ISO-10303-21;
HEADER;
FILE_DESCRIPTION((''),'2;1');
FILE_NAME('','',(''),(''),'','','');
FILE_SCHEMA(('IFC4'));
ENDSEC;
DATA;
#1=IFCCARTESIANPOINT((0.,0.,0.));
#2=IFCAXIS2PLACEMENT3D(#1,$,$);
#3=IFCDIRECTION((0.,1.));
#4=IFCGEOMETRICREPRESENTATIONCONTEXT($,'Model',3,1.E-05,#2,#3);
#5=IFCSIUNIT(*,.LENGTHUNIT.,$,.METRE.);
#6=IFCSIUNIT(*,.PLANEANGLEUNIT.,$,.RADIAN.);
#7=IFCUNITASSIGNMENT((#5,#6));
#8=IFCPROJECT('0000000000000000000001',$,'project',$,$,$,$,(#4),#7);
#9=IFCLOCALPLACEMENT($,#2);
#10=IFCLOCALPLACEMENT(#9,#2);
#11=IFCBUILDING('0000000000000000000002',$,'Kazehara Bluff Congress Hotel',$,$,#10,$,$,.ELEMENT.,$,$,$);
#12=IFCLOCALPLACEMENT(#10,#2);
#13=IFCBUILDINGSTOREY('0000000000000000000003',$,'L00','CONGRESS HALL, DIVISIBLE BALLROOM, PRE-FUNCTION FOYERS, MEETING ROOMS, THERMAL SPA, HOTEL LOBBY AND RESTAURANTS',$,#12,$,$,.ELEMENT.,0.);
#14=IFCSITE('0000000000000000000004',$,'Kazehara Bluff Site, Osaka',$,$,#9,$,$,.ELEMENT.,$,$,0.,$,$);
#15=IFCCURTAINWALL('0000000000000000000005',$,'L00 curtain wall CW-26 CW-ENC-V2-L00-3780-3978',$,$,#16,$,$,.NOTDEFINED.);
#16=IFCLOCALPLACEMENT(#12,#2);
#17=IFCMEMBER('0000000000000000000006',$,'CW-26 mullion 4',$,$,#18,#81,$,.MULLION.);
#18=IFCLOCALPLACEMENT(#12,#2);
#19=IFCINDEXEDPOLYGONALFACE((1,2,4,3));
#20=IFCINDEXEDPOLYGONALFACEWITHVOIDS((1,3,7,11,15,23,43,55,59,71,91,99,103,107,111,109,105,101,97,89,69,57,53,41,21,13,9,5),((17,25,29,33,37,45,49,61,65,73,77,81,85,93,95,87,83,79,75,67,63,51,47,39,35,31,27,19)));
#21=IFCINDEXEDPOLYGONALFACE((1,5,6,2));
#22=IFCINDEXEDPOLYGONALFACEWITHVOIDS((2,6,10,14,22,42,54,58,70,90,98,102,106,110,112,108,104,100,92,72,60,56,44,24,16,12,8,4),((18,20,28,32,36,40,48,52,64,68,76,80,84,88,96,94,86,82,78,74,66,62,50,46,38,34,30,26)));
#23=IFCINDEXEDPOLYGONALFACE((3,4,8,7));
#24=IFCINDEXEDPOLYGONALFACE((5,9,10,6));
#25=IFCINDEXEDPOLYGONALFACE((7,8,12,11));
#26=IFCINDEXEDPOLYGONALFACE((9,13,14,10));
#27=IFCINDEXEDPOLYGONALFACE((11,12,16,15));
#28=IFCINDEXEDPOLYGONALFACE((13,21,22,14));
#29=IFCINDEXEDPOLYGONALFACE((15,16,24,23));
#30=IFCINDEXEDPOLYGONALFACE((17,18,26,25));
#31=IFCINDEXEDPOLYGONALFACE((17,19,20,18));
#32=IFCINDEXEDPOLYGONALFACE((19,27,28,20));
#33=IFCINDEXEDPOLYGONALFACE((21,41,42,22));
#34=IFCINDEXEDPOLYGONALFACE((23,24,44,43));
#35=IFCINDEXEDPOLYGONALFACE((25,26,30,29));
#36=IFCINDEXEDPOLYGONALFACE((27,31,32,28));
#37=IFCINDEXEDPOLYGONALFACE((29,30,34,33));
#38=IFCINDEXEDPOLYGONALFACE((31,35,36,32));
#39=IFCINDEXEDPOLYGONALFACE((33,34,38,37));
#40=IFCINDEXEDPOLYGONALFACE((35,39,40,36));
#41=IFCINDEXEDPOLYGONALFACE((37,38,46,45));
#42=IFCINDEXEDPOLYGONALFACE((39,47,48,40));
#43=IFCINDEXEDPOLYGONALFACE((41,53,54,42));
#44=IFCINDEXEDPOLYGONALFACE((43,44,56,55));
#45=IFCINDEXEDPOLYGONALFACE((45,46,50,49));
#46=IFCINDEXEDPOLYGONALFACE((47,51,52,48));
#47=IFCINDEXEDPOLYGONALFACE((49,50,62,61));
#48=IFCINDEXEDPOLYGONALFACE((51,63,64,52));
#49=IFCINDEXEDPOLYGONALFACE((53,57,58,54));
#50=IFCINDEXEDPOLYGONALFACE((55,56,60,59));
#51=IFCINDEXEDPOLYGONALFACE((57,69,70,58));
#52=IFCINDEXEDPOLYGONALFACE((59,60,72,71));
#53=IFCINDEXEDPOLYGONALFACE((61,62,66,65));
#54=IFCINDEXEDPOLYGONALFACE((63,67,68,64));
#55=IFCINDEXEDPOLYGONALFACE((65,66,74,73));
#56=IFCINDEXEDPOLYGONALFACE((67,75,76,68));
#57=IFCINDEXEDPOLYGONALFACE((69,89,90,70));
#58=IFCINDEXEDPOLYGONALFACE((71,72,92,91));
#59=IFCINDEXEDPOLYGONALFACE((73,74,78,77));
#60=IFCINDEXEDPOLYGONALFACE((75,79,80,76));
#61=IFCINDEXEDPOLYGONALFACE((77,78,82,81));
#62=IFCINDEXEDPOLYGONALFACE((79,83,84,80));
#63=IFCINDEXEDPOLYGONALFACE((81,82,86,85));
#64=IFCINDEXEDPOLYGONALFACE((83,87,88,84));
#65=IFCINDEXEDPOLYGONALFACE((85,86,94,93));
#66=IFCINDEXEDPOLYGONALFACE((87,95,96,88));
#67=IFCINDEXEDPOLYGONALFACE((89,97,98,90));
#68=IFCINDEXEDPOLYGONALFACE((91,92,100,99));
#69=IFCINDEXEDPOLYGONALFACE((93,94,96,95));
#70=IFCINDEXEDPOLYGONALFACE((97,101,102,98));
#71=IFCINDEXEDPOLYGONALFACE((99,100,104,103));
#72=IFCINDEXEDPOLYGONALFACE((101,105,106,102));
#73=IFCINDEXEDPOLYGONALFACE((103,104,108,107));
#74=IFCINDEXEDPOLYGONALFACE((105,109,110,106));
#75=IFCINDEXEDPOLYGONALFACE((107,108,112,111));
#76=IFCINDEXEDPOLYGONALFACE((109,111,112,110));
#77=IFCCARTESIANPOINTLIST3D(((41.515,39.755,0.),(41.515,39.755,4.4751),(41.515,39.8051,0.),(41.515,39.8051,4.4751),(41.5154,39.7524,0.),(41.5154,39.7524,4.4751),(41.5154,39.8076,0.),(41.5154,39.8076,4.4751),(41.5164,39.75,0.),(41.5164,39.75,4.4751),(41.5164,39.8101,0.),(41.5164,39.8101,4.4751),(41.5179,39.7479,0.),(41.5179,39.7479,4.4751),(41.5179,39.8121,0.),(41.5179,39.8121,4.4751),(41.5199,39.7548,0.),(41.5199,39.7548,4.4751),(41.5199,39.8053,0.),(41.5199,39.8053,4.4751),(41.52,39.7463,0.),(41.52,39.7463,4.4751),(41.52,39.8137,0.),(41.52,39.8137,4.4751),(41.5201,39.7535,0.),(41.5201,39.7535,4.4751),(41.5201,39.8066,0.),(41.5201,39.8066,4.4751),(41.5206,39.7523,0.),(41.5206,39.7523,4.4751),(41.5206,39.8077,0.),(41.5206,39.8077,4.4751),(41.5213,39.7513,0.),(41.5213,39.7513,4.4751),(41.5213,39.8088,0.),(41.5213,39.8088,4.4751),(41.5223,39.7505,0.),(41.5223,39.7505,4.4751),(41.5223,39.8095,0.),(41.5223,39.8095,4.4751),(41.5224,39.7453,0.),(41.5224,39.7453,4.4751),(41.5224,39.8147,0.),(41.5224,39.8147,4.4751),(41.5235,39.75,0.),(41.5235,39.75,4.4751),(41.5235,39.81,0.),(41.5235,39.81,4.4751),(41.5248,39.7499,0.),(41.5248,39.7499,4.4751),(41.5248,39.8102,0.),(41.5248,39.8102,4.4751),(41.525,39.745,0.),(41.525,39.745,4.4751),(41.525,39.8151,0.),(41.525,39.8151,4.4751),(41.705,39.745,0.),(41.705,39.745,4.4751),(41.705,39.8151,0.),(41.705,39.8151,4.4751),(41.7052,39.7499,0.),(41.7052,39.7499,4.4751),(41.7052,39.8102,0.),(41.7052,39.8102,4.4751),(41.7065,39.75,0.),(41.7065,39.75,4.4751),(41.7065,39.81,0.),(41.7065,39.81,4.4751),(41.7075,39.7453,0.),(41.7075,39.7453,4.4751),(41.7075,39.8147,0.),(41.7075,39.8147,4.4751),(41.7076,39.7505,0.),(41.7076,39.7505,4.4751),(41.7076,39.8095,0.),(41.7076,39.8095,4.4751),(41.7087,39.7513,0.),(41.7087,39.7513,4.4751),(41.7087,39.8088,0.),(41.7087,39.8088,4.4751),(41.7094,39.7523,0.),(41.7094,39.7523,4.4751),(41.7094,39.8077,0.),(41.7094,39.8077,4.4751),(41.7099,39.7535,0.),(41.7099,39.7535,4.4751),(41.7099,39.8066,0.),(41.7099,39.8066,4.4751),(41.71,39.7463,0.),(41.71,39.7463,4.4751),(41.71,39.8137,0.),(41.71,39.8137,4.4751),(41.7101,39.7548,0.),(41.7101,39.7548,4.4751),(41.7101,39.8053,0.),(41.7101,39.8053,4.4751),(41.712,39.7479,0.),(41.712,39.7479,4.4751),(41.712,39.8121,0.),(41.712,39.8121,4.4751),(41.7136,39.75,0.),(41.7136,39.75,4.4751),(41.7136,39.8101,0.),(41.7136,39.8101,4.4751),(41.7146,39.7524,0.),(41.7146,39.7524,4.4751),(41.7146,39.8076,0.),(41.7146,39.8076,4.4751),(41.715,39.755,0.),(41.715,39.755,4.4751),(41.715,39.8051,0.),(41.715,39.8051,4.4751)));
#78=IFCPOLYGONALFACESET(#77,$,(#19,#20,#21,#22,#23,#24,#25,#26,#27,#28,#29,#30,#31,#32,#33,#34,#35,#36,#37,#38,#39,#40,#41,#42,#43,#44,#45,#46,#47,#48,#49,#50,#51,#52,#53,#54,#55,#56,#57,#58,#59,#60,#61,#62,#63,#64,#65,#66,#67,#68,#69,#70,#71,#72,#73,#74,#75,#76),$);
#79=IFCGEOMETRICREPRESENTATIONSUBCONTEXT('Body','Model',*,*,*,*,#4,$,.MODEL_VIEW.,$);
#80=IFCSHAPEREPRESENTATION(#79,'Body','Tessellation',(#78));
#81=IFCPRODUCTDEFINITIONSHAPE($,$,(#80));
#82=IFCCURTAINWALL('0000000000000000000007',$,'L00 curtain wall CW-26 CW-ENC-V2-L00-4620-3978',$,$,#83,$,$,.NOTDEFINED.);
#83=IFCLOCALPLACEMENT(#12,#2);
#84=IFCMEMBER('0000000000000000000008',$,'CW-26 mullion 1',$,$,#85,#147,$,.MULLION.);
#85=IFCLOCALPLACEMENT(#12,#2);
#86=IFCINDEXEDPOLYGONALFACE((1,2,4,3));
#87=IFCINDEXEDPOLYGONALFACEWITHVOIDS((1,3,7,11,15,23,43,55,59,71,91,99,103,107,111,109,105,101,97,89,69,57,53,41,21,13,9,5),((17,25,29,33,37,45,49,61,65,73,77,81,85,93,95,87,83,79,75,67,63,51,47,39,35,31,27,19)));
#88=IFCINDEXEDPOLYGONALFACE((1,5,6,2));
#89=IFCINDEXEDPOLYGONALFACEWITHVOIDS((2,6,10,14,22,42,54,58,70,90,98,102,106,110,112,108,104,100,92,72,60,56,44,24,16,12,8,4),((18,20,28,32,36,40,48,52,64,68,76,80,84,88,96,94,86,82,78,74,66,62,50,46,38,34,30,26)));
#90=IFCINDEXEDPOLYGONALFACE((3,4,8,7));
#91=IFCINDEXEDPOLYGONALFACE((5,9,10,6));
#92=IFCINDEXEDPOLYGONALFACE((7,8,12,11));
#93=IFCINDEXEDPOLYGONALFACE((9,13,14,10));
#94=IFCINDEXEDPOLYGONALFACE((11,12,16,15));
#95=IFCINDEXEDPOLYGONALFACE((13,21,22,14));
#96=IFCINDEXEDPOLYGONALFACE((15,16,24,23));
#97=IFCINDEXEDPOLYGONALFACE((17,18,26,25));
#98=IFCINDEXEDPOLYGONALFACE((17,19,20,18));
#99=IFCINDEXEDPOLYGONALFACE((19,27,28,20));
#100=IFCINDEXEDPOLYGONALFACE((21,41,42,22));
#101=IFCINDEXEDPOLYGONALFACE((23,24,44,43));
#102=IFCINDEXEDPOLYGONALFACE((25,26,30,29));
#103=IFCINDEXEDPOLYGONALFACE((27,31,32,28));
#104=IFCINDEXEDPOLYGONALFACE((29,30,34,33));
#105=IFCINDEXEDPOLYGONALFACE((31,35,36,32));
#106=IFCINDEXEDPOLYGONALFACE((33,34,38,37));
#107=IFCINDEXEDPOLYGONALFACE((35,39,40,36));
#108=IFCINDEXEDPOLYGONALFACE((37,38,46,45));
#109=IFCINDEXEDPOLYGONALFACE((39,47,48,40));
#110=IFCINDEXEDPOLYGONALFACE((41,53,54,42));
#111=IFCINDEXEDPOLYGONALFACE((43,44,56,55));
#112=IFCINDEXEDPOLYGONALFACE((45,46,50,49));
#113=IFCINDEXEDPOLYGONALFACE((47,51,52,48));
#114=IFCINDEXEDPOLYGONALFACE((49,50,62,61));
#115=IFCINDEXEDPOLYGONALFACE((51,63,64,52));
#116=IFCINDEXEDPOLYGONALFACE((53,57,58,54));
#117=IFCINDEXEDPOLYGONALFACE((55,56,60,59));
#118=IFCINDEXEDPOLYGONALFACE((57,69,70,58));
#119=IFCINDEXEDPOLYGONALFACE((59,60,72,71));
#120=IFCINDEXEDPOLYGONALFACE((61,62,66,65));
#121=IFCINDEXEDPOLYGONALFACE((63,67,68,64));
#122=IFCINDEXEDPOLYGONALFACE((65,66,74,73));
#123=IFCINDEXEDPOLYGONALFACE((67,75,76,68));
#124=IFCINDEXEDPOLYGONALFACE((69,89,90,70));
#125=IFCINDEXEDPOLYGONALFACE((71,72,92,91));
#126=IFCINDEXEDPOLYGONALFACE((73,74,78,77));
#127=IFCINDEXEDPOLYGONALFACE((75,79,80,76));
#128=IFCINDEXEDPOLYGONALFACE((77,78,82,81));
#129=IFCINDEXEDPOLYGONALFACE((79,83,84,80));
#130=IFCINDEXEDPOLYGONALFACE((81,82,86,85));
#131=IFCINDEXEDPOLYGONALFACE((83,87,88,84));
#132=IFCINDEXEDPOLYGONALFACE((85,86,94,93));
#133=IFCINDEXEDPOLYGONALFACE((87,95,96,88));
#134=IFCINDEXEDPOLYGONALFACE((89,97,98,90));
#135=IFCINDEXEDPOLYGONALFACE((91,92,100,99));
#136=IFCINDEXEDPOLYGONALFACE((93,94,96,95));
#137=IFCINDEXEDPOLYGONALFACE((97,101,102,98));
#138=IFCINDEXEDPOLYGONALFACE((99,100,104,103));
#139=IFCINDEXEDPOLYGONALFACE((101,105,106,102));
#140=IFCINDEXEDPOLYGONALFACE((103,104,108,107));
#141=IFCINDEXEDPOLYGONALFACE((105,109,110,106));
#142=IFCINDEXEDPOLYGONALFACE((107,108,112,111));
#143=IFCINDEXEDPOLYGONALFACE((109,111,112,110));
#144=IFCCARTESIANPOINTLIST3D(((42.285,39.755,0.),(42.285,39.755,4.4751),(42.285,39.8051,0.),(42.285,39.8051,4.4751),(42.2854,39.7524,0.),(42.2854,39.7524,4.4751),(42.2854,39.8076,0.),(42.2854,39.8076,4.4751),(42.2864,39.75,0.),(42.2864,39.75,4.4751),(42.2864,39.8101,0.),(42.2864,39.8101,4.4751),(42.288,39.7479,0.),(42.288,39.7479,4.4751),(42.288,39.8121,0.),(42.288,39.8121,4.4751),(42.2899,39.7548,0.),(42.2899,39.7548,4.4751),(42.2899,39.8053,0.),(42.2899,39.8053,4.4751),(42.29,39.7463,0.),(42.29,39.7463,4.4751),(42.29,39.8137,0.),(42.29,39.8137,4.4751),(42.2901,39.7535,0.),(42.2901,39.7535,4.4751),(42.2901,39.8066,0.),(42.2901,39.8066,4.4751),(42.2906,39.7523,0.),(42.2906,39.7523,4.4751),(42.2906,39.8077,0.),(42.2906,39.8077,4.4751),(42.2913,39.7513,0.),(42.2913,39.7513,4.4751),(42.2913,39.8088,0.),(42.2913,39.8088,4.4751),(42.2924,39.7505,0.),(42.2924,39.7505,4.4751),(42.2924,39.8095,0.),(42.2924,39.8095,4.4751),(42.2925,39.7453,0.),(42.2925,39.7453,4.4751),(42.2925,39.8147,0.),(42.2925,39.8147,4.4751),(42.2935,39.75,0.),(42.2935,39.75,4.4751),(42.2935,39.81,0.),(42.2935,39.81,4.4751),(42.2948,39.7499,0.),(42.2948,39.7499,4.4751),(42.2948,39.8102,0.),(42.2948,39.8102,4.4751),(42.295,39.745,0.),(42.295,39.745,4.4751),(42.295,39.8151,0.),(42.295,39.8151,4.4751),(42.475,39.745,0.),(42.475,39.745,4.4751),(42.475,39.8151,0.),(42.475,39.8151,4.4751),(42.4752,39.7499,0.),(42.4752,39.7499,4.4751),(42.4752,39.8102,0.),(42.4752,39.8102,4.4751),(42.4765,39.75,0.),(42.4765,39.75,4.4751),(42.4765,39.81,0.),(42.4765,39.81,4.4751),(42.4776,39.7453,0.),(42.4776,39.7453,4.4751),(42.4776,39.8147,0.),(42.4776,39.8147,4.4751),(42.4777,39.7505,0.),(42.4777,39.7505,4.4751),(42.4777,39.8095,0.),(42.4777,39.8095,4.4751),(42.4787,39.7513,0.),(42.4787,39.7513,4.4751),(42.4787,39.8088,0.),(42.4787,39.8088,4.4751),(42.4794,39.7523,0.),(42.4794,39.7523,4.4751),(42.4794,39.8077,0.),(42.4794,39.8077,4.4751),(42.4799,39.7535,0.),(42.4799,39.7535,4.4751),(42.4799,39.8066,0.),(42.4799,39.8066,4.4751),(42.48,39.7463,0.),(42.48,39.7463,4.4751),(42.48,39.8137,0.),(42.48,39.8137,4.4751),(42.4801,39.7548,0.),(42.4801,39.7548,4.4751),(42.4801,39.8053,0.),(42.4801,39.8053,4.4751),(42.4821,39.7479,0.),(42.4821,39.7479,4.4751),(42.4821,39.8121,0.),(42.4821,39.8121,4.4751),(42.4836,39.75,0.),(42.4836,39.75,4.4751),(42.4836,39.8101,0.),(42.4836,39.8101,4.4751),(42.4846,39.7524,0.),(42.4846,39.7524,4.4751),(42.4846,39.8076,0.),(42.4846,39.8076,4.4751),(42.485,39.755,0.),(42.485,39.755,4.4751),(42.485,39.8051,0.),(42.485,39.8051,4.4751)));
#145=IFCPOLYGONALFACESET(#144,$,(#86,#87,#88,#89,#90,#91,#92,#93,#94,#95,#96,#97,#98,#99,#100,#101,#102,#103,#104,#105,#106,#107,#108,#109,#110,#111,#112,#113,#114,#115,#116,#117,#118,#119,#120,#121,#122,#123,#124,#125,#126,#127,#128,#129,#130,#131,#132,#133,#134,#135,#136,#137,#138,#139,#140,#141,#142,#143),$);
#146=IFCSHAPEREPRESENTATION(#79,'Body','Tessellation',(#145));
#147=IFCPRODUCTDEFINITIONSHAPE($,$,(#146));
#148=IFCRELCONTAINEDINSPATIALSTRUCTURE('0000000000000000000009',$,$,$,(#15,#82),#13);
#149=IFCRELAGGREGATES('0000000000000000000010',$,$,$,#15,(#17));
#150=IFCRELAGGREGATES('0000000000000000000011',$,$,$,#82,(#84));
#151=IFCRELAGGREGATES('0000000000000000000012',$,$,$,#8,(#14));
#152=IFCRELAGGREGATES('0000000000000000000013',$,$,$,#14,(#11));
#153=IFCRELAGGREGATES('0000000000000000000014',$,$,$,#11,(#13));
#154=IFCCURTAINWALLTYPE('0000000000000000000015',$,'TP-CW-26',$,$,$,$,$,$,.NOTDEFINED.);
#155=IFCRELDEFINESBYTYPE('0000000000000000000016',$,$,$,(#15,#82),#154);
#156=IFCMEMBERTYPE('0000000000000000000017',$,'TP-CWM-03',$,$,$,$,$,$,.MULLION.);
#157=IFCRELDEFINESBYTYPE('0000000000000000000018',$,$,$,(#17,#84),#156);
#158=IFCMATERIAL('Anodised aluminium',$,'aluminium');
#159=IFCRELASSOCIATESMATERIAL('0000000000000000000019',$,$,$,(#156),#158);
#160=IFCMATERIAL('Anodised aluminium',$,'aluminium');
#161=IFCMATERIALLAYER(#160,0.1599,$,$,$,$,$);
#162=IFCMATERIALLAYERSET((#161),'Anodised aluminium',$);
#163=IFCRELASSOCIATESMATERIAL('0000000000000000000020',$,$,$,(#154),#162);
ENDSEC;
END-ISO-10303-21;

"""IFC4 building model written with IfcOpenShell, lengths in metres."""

from ifc_helpers import new_model, si_unit, direction, frame, origin, origin_2d, place, context, subcontext, project, spatial, hollow_rectangle, extrude, material, layer, layer_set, material_profile, profile_set, type_object, element, aggregate, save


model = new_model("IFC4")

# Units and contexts
model_context = context("Model", 3, precision=1e-05, world=origin(), true_north=direction((0.0, 1.0)))
body_context = subcontext(model_context, "Body", "Model", "MODEL_VIEW")
ifc_project = project(units=[si_unit("LENGTHUNIT", "METRE"), si_unit("PLANEANGLEUNIT", "RADIAN")], contexts=[model_context])

# Site, building, storey
site_placement = place(None, origin())
site = spatial("IfcSite", under=ifc_project, at=site_placement, Name="Kazehara Bluff Site, Osaka", CompositionType="ELEMENT", RefElevation=0.0)
building_placement = place(site_placement, origin())
building = spatial("IfcBuilding", under=site, at=building_placement, Name="Kazehara Bluff Congress Hotel", CompositionType="ELEMENT")
storey_placement = place(building_placement, origin())
storey = spatial("IfcBuildingStorey", under=building, at=storey_placement, Name="L00", Description="CONGRESS HALL, DIVISIBLE BALLROOM, PRE-FUNCTION FOYERS, MEETING ROOMS, THERMAL SPA, HOTEL LOBBY AND RESTAURANTS", CompositionType="ELEMENT", Elevation=0.0)

# Shared definitions
ifc_material_1 = material(Name="Anodised aluminium", Category="aluminium")
ifc_material_profile_1 = material_profile(ifc_material_1, hollow_rectangle(XDim=0.0701, YDim=0.2, WallThickness=0.0049, InnerFilletRadius=0.0049, OuterFilletRadius=0.01, at=origin_2d()))
ifc_profile_set_1 = profile_set([ifc_material_profile_1], Name="Anodised aluminium")
member_type_1 = type_object("IfcMemberType", Name="TP-CWM-03", PredefinedType="MULLION", material=ifc_profile_set_1)

# Curtain walls, members
ifc_material_2 = material(Name="Anodised aluminium", Category="aluminium")
ifc_layer_1 = layer(ifc_material_2, 0.1599)
ifc_layer_set_1 = layer_set([ifc_layer_1], Name="Anodised aluminium")
curtain_wall_type_1 = type_object("IfcCurtainWallType", Name="TP-CW-26", PredefinedType="NOTDEFINED", material=ifc_layer_set_1)
curtain_wall_1_placement = place(storey_placement, origin())
curtain_wall_1 = element("IfcCurtainWall", 1, at=curtain_wall_1_placement, inside=storey, type_object=curtain_wall_type_1, Name="L00 curtain wall CW-26 CW-ENC-V2-L00-3780-3978", PredefinedType="NOTDEFINED")
member_1_placement = place(storey_placement, frame((41.615, 39.78, 0.0), z_axis=(0.0, 0.0, 1.0), x_axis=(0.0, 1.0, 0.0)))
member_1 = element("IfcMember", 2, at=member_1_placement, type_object=member_type_1, Name="CW-26 mullion 4", PredefinedType="MULLION", context=body_context, shape_type="SweptSolid", body=[
    extrude(hollow_rectangle(XDim=0.0701, YDim=0.2, WallThickness=0.0049, InnerFilletRadius=0.0049, OuterFilletRadius=0.01, at=origin_2d()), origin(), (0.0, 0.0, 1.0), 4.4751),
])
curtain_wall_2_placement = place(storey_placement, origin())
curtain_wall_2 = element("IfcCurtainWall", 3, at=curtain_wall_2_placement, inside=storey, type_object=curtain_wall_type_1, Name="L00 curtain wall CW-26 CW-ENC-V2-L00-4620-3978", PredefinedType="NOTDEFINED")
member_2_placement = place(storey_placement, frame((42.385, 39.78, 0.0), z_axis=(0.0, 0.0, 1.0), x_axis=(0.0, 1.0, 0.0)))
member_2 = element("IfcMember", 4, at=member_2_placement, type_object=member_type_1, Name="CW-26 mullion 1", PredefinedType="MULLION", context=body_context, shape_type="SweptSolid", body=[
    extrude(hollow_rectangle(XDim=0.0701, YDim=0.2, WallThickness=0.0049, InnerFilletRadius=0.0049, OuterFilletRadius=0.01, at=origin_2d()), origin(), (0.0, 0.0, 1.0), 4.4751),
])

aggregate(curtain_wall_1, [member_1])
aggregate(curtain_wall_2, [member_2])

save(model, "model.ifc")
